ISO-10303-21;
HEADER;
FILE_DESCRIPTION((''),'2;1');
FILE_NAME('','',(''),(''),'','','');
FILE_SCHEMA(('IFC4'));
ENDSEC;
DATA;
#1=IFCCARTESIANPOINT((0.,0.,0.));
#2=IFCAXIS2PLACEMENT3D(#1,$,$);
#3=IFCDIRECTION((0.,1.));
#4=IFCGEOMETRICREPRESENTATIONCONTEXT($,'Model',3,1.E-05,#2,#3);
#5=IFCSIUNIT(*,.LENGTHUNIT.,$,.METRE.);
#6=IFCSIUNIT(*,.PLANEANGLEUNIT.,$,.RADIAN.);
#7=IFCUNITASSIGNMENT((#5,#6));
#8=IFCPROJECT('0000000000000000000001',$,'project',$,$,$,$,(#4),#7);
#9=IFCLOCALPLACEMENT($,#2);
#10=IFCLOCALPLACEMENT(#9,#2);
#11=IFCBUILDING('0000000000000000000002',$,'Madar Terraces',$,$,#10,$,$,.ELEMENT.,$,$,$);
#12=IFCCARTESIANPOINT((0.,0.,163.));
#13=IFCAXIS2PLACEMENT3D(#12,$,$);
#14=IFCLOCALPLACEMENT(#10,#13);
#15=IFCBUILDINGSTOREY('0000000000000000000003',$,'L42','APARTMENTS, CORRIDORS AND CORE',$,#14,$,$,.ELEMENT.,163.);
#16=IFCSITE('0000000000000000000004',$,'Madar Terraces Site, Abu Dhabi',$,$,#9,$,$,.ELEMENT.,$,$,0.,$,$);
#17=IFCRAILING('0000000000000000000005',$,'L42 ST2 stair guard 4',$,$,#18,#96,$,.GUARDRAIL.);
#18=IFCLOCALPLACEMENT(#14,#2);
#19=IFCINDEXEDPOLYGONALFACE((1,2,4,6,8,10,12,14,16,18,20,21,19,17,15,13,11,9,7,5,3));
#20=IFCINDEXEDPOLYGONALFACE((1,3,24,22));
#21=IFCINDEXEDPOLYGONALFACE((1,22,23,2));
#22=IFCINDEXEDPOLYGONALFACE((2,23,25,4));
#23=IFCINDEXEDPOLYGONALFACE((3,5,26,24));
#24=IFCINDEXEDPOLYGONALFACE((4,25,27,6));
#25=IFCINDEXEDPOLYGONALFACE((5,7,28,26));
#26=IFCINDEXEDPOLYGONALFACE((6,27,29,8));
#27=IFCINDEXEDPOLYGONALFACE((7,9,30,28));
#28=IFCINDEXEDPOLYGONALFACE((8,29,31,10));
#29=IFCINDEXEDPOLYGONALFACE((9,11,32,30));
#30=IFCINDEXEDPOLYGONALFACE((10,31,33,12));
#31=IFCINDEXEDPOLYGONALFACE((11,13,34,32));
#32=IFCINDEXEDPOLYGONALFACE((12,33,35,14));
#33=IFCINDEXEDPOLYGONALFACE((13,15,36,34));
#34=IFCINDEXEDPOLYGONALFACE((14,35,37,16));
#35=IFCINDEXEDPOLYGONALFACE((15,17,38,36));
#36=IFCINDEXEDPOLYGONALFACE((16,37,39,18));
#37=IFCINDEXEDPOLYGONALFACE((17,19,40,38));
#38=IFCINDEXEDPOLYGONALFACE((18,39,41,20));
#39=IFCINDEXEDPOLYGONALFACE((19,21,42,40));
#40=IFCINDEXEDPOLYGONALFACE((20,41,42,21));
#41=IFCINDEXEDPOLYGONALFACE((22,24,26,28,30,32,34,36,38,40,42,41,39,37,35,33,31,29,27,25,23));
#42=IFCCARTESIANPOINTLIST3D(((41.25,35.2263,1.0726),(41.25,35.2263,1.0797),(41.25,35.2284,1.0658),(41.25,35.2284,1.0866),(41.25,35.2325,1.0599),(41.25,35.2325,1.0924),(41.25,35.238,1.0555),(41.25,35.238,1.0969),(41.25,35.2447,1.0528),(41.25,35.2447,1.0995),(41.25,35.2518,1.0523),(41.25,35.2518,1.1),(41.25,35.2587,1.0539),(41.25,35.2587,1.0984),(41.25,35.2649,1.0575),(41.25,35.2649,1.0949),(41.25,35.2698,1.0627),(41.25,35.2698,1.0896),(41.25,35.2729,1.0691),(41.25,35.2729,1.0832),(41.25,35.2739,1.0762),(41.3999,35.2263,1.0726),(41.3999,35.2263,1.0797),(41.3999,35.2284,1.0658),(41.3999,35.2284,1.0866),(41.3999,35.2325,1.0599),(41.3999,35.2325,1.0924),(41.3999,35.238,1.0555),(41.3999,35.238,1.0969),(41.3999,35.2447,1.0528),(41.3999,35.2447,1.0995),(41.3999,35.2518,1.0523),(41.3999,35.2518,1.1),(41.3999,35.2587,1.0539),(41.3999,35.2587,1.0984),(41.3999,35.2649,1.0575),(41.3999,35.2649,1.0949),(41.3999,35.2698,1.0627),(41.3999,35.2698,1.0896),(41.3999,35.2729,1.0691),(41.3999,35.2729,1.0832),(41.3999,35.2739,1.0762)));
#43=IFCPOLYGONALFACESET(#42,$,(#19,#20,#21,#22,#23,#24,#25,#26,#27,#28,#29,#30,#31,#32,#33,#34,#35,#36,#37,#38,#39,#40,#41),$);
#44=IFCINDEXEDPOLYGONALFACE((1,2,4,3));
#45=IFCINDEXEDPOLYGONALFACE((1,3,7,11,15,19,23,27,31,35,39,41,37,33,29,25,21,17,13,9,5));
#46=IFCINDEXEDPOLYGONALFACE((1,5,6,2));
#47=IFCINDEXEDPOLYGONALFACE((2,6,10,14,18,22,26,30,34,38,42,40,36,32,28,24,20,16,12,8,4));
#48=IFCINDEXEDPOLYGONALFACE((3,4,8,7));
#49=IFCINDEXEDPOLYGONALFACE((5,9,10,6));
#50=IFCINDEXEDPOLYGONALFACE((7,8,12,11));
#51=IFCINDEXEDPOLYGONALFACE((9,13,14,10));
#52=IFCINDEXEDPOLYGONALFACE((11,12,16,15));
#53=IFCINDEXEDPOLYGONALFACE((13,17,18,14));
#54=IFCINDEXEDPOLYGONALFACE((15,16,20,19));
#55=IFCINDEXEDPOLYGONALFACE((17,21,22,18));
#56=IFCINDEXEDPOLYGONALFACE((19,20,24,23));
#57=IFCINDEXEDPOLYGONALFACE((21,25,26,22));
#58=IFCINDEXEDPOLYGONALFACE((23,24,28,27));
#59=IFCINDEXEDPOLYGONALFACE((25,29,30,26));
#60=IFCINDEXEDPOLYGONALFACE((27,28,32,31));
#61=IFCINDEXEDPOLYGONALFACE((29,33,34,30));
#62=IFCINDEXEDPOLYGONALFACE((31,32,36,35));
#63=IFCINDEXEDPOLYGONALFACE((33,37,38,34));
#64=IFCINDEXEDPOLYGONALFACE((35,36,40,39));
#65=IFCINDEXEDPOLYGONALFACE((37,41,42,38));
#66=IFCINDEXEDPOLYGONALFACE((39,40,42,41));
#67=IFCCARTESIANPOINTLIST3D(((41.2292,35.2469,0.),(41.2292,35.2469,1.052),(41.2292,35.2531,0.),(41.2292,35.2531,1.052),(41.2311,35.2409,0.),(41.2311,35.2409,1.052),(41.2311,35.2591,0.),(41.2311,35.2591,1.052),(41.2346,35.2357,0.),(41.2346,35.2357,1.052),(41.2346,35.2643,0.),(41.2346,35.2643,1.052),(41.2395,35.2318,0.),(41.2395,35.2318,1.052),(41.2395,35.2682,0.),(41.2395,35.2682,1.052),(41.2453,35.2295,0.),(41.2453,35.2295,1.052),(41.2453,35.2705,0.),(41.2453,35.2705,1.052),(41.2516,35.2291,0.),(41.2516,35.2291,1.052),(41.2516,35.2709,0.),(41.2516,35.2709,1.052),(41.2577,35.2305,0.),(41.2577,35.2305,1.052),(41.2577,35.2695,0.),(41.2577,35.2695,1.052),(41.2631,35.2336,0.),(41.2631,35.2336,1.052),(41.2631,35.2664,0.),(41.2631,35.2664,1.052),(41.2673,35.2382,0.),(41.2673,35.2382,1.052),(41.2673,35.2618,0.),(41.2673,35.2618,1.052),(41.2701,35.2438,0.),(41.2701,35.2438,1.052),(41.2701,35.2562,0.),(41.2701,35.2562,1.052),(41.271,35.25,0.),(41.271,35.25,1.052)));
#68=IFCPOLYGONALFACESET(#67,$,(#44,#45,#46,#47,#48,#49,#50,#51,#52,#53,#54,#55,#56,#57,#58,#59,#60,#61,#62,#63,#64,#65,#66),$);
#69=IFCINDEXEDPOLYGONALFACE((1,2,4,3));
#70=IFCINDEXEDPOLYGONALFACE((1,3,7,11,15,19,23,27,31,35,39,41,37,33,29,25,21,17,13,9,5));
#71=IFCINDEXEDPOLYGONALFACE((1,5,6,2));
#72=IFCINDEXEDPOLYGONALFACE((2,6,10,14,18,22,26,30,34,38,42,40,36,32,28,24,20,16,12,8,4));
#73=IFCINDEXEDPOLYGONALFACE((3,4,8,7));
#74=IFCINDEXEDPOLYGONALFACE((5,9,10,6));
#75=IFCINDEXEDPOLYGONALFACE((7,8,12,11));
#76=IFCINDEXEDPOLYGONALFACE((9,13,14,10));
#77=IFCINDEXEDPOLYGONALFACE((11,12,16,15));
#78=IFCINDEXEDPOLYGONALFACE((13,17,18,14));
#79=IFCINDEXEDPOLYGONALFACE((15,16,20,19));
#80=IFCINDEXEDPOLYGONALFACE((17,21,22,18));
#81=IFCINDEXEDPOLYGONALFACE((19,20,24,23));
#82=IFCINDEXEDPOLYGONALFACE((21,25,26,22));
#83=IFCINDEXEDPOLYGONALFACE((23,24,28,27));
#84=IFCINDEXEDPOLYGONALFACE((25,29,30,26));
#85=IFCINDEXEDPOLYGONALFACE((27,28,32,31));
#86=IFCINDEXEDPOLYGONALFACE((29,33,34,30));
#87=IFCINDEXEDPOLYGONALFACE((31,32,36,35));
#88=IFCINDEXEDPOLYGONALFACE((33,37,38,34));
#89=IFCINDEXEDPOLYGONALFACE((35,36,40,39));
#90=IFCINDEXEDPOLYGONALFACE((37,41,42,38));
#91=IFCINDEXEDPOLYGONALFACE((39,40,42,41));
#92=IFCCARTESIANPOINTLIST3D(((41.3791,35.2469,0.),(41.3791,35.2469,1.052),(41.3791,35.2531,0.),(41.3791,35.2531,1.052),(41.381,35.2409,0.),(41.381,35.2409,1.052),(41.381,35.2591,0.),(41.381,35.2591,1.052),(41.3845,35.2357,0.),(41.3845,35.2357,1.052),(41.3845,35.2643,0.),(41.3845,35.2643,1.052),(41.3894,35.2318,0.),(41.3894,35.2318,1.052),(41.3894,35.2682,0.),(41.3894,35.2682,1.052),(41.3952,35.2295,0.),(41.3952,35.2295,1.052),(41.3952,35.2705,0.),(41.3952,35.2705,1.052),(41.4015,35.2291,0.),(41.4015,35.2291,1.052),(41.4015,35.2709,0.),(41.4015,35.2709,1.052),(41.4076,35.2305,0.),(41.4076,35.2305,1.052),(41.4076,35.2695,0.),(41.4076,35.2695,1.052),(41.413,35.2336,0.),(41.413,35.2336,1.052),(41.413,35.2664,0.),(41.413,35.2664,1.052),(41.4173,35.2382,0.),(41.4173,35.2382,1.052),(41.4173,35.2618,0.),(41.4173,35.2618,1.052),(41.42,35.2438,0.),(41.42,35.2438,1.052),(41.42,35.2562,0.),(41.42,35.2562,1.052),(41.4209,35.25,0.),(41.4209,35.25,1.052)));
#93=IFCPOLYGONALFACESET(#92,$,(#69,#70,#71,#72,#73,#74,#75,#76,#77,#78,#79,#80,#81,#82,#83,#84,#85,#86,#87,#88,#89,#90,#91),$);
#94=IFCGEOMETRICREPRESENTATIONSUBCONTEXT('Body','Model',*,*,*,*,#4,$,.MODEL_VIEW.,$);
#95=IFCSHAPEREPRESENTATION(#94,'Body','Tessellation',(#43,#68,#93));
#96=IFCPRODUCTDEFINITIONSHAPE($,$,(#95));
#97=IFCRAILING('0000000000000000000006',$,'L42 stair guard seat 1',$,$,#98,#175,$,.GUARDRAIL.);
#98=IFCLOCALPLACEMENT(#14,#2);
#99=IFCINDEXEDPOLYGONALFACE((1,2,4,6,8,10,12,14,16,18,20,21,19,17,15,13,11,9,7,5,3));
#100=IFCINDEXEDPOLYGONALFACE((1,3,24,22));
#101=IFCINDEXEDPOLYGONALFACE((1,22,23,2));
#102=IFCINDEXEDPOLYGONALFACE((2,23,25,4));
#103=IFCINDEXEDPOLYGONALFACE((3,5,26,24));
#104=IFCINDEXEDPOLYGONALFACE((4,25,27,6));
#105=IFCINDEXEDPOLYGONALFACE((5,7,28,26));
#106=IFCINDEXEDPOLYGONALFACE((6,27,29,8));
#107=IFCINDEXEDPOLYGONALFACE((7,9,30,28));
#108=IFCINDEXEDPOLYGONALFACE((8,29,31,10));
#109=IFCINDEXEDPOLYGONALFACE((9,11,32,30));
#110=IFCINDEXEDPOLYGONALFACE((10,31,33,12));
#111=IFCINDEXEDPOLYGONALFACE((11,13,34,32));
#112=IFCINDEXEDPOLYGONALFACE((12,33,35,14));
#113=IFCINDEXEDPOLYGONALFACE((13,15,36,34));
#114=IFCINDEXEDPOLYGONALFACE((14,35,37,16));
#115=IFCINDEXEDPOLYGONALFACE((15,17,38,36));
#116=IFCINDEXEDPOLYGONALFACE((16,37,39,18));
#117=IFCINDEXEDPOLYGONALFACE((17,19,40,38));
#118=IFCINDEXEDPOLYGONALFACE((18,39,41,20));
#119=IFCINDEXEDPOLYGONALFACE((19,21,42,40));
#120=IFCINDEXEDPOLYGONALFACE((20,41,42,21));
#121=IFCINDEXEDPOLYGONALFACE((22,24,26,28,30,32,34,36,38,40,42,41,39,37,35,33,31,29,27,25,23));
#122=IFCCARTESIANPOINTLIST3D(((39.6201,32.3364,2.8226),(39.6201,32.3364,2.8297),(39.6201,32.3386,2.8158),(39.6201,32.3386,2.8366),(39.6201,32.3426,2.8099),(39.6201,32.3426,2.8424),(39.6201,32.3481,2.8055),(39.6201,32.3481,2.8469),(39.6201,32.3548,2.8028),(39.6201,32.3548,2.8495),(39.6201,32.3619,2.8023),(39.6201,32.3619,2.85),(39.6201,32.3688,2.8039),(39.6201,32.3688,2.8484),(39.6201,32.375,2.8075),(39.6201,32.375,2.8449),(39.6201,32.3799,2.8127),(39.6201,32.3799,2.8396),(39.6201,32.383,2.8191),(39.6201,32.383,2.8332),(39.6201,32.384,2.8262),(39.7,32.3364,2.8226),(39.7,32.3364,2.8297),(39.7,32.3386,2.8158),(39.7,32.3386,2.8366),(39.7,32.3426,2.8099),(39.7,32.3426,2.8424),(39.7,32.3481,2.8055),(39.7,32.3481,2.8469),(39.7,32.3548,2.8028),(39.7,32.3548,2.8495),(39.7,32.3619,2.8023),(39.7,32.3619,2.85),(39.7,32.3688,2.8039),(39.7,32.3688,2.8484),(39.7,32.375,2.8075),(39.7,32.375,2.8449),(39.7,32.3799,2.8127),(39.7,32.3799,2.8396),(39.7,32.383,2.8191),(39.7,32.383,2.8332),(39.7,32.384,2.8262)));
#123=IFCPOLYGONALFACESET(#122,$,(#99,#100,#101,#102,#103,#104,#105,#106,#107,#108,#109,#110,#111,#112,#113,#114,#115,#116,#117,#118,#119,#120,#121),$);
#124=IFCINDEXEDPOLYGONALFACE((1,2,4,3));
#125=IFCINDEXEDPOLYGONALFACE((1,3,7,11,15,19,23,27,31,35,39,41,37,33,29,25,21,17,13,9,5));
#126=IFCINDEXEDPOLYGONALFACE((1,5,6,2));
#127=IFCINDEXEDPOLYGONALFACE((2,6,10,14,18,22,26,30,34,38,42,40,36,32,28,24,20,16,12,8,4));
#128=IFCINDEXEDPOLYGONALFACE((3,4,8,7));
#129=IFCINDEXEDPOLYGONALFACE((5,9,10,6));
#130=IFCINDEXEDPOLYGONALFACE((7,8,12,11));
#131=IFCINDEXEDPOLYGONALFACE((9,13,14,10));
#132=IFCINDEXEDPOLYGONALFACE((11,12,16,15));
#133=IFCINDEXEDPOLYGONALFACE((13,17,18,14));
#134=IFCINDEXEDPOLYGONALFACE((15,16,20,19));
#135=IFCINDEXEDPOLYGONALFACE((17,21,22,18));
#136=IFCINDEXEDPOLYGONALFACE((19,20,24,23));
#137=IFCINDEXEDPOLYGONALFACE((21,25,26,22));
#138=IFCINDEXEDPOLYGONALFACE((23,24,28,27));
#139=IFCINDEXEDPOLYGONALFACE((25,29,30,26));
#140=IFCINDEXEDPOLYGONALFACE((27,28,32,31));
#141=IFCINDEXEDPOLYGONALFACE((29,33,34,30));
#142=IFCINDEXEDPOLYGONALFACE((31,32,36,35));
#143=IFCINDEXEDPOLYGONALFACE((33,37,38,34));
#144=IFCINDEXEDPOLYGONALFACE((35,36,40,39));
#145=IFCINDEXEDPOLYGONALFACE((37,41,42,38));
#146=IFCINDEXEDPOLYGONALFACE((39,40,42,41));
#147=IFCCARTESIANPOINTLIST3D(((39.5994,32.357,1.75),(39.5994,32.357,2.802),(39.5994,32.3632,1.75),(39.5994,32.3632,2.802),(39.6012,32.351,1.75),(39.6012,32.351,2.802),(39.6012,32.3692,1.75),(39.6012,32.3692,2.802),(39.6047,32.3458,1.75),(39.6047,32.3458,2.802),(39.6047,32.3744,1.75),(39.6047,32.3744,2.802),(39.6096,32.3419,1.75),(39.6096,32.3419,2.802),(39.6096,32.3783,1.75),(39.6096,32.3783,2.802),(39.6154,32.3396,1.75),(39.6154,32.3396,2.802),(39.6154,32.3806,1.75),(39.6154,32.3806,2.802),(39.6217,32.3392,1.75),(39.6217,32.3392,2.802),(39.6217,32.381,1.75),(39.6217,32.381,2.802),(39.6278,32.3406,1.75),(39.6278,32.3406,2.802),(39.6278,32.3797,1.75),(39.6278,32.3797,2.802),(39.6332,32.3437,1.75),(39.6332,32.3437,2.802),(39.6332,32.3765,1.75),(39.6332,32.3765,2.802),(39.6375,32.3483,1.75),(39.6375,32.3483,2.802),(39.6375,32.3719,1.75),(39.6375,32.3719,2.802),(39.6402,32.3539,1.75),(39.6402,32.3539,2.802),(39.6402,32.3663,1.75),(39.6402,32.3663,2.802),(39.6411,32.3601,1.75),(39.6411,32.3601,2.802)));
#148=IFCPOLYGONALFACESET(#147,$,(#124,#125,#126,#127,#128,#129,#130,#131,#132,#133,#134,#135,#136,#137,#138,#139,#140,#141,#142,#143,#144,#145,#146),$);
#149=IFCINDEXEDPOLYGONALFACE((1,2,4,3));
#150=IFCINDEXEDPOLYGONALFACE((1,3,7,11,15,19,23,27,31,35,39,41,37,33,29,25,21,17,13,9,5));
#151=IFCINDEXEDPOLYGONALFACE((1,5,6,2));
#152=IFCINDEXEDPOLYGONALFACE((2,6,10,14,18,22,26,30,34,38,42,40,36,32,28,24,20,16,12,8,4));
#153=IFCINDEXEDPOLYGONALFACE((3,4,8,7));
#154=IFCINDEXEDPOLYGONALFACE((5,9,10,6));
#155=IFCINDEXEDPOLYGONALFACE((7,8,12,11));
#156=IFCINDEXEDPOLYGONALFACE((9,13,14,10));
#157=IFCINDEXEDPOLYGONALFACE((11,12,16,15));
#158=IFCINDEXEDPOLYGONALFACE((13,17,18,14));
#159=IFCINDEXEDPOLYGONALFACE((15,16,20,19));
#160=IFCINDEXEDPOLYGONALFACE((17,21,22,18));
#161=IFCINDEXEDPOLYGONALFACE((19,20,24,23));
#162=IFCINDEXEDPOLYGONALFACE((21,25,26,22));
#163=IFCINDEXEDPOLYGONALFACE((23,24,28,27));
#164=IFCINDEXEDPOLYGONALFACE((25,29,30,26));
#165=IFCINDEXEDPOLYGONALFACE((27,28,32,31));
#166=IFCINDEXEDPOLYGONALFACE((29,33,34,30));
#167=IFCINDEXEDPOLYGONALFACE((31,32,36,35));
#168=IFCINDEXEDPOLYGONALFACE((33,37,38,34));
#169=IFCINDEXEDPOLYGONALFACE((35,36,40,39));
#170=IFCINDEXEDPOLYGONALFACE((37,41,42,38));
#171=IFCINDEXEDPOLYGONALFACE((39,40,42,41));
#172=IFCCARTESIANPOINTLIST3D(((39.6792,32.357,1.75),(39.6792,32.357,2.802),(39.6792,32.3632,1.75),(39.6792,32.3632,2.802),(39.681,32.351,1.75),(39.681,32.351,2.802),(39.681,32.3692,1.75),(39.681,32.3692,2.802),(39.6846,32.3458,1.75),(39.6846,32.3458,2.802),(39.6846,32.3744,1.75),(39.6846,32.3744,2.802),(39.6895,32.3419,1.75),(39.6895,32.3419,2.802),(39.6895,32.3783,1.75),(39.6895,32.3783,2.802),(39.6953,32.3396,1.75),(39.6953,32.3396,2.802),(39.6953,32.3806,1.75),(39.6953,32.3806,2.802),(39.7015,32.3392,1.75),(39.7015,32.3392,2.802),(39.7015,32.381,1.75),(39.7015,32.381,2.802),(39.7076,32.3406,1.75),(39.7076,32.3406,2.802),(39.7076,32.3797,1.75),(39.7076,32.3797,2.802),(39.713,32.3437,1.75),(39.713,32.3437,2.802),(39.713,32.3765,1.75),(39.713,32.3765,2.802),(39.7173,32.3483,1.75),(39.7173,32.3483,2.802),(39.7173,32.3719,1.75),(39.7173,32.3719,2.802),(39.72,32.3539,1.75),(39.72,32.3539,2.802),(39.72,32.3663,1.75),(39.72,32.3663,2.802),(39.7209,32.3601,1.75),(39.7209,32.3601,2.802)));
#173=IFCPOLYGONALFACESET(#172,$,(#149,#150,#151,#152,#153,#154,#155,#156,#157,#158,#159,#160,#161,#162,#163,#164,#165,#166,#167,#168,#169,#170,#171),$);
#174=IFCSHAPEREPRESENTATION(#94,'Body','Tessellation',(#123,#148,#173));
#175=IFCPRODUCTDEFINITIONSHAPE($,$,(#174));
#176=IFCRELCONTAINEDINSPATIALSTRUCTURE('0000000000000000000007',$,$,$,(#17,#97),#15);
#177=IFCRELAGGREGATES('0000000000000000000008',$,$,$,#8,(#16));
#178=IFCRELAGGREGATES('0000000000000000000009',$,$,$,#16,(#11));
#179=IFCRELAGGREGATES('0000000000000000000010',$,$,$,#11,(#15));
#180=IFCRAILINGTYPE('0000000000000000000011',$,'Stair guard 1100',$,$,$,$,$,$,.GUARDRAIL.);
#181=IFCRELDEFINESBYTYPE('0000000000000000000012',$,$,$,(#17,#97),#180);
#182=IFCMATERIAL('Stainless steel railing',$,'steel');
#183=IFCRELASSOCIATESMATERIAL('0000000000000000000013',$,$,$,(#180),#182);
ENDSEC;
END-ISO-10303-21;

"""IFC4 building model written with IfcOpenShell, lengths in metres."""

from ifc_helpers import new_model, si_unit, direction, frame, origin, origin_2d, place, context, subcontext, project, spatial, circle, extrude, material, type_object, element, save


model = new_model("IFC4")

# Units and contexts
model_context = context("Model", 3, precision=1e-05, world=origin(), true_north=direction((0.0, 1.0)))
body_context = subcontext(model_context, "Body", "Model", "MODEL_VIEW")
ifc_project = project(units=[si_unit("LENGTHUNIT", "METRE"), si_unit("PLANEANGLEUNIT", "RADIAN")], contexts=[model_context])

# Site, building, storey
site_placement = place(None, origin())
site = spatial("IfcSite", under=ifc_project, at=site_placement, Name="Madar Terraces Site, Abu Dhabi", CompositionType="ELEMENT", RefElevation=0.0)
building_placement = place(site_placement, origin())
building = spatial("IfcBuilding", under=site, at=building_placement, Name="Madar Terraces", CompositionType="ELEMENT")
storey_placement = place(building_placement, frame((0.0, 0.0, 163.0)))
storey = spatial("IfcBuildingStorey", under=building, at=storey_placement, Name="L42", Description="APARTMENTS, CORRIDORS AND CORE", CompositionType="ELEMENT", Elevation=163.0)

# Railings
ifc_material_1 = material(Name="Stainless steel railing", Category="steel")
railing_type_1 = type_object("IfcRailingType", Name="Stair guard 1100", PredefinedType="GUARDRAIL", material=ifc_material_1)
railing_1_placement = place(storey_placement, frame((41.25, 35.25, 0.0)))
element("IfcRailing", 1, at=railing_1_placement, inside=storey, type_object=railing_type_1, Name="L42 ST2 stair guard 4", PredefinedType="GUARDRAIL", context=body_context, shape_type="SweptSolid", body=[
    extrude(circle(Radius=0.0239, at=origin_2d()), frame((0.0, 0.0, 1.0762), z_axis=(1.0, 0.0, 0.0), x_axis=(0.0, 1.0, 0.0)), (0.0, 0.0, 1.0), 0.1499),
    extrude(circle(Radius=0.021, at=origin_2d()), origin(), (0.0, 0.0, 1.0), 1.052),
    extrude(circle(Radius=0.021, at=origin_2d()), frame((0.1499, 0.0, 0.0)), (0.0, 0.0, 1.0), 1.052),
])
railing_2_placement = place(storey_placement, frame((39.6201, 32.3601, 1.75)))
element("IfcRailing", 2, at=railing_2_placement, inside=storey, type_object=railing_type_1, Name="L42 stair guard seat 1", PredefinedType="GUARDRAIL", context=body_context, shape_type="SweptSolid", body=[
    extrude(circle(Radius=0.0239, at=origin_2d()), frame((0.0, 0.0, 1.0762), z_axis=(1.0, 0.0, 0.0), x_axis=(0.0, 1.0, 0.0)), (0.0, 0.0, 1.0), 0.0798),
    extrude(circle(Radius=0.021, at=origin_2d()), origin(), (0.0, 0.0, 1.0), 1.052),
    extrude(circle(Radius=0.021, at=origin_2d()), frame((0.0798, 0.0, 0.0)), (0.0, 0.0, 1.0), 1.052),
])

save(model, "model.ifc")
